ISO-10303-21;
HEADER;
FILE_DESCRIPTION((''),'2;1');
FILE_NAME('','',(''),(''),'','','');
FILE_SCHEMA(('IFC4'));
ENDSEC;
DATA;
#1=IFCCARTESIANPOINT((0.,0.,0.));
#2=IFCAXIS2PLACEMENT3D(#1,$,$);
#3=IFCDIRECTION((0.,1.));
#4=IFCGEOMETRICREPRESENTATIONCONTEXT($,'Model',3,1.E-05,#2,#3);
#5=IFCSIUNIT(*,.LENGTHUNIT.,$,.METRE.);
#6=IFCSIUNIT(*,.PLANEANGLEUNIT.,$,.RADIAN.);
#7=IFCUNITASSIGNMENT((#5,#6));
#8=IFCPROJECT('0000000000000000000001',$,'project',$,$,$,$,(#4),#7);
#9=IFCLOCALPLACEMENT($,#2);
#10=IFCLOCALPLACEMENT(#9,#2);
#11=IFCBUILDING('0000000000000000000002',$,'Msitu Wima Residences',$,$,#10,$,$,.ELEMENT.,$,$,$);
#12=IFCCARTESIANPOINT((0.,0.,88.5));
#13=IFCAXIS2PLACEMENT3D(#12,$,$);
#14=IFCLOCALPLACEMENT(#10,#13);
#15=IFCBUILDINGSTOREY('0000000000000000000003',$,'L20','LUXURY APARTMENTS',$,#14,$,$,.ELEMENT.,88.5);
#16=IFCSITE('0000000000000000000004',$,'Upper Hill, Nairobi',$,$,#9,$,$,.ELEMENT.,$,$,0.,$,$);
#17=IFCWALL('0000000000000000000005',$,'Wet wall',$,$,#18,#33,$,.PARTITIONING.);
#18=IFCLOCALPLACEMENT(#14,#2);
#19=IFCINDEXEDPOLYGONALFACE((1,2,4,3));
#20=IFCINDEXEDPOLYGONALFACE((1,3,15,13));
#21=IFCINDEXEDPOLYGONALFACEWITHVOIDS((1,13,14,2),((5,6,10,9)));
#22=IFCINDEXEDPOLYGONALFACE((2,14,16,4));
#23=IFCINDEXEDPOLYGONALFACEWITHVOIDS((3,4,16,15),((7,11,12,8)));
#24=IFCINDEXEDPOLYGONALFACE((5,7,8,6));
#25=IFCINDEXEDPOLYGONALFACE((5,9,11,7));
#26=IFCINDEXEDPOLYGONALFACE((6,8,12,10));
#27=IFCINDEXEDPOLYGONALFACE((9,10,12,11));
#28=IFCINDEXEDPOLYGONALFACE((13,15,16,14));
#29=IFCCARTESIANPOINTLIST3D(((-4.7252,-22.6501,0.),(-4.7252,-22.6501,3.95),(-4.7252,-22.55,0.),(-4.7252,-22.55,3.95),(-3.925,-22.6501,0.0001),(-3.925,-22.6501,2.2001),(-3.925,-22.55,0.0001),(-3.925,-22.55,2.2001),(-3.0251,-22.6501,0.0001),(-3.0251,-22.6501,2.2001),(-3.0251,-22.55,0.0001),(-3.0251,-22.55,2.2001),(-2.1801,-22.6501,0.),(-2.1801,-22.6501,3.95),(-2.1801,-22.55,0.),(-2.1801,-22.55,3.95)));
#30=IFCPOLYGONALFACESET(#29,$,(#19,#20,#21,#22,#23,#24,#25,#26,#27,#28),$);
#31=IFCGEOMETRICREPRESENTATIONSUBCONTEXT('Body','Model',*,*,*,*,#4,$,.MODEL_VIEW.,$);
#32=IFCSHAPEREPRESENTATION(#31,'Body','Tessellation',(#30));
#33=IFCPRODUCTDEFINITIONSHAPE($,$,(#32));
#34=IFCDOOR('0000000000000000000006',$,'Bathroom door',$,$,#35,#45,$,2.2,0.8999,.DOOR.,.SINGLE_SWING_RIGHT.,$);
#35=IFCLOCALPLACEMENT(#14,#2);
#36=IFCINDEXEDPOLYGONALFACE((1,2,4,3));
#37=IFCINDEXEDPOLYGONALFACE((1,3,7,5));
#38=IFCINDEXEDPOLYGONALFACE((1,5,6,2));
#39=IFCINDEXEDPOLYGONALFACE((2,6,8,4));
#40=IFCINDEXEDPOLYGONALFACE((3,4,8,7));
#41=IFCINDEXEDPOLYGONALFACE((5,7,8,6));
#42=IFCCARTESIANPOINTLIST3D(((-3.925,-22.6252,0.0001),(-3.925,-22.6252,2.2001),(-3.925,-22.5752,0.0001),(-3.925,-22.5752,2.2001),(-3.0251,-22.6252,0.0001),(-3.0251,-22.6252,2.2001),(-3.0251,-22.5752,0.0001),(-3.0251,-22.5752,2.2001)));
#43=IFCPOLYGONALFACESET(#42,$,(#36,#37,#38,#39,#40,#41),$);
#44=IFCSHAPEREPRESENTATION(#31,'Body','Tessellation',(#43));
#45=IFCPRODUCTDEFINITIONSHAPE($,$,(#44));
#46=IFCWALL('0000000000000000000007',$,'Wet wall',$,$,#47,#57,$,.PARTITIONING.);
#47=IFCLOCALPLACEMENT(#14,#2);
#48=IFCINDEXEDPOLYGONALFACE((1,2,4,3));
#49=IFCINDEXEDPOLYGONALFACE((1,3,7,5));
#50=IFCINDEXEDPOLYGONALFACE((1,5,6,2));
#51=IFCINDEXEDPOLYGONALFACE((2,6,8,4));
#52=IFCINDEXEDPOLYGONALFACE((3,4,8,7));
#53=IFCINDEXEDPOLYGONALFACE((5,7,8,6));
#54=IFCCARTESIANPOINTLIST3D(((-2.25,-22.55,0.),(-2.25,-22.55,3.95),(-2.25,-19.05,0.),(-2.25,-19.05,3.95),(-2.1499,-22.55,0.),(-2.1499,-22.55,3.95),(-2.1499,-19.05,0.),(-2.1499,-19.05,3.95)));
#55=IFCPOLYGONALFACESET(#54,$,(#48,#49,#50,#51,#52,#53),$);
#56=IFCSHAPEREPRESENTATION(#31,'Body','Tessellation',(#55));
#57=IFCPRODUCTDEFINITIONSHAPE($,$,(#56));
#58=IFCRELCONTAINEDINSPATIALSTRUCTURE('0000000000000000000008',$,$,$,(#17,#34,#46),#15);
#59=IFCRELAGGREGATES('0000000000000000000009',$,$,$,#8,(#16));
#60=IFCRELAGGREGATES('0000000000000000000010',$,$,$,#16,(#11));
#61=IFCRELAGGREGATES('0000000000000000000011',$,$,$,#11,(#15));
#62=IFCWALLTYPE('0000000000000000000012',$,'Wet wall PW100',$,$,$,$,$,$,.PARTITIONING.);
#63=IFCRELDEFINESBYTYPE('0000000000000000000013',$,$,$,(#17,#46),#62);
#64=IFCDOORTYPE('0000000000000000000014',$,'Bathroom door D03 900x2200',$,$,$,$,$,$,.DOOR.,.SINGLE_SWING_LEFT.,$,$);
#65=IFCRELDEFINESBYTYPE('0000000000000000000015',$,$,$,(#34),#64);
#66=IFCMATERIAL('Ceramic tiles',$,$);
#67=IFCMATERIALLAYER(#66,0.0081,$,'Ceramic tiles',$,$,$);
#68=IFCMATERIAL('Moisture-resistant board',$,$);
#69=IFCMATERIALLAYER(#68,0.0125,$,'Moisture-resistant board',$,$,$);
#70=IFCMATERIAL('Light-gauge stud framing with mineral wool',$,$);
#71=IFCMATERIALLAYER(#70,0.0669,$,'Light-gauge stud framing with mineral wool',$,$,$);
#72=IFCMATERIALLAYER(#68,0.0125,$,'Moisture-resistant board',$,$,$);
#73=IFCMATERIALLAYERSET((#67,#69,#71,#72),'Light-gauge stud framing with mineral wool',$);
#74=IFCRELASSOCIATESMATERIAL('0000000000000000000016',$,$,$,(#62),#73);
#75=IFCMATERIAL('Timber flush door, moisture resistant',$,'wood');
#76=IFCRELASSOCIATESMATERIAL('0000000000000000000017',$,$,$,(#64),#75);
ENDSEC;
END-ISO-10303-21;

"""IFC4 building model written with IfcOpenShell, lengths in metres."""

from ifc_helpers import new_model, si_unit, direction, frame, frame_2d, origin, place, context, subcontext, project, spatial, rectangle, extrude, material, layer, layer_set, type_object, element, fill, save


model = new_model("IFC4")

# Units and contexts
model_context = context("Model", 3, precision=1e-05, world=origin(), true_north=direction((0.0, 1.0)))
body_context = subcontext(model_context, "Body", "Model", "MODEL_VIEW")
ifc_project = project(units=[si_unit("LENGTHUNIT", "METRE"), si_unit("PLANEANGLEUNIT", "RADIAN")], contexts=[model_context])

# Site, building, storey
site_placement = place(None, origin())
site = spatial("IfcSite", under=ifc_project, at=site_placement, Name="Upper Hill, Nairobi", CompositionType="ELEMENT", RefElevation=0.0)
building_placement = place(site_placement, origin())
building = spatial("IfcBuilding", under=site, at=building_placement, Name="Msitu Wima Residences", CompositionType="ELEMENT")
storey_placement = place(building_placement, frame((0.0, 0.0, 88.5)))
storey = spatial("IfcBuildingStorey", under=building, at=storey_placement, Name="L20", Description="LUXURY APARTMENTS", CompositionType="ELEMENT", Elevation=88.5)

# Shared definitions
ifc_material_1 = material(Name="Ceramic tiles")
ifc_layer_1 = layer(ifc_material_1, 0.0081, Name="Ceramic tiles")
ifc_material_2 = material(Name="Moisture-resistant board")
ifc_layer_2 = layer(ifc_material_2, 0.0125, Name="Moisture-resistant board")
ifc_material_3 = material(Name="Light-gauge stud framing with mineral wool")
ifc_layer_3 = layer(ifc_material_3, 0.0669, Name="Light-gauge stud framing with mineral wool")
ifc_layer_4 = layer(ifc_material_2, 0.0125, Name="Moisture-resistant board")
ifc_layer_set_1 = layer_set([ifc_layer_1, ifc_layer_2, ifc_layer_3, ifc_layer_4], Name="Light-gauge stud framing with mineral wool")
wall_type_1 = type_object("IfcWallType", Name="Wet wall PW100", PredefinedType="PARTITIONING", material=ifc_layer_set_1)
ifc_material_4 = material(Name="Timber flush door, moisture resistant", Category="wood")
door_type_1 = type_object("IfcDoorType", Name="Bathroom door D03 900x2200", OperationType="SINGLE_SWING_LEFT", PredefinedType="DOOR", material=ifc_material_4)

# Wall, opening, door
wall_1_placement = place(storey_placement, frame((-4.7251, -22.6001, 0.0), z_axis=(0.0, 0.0, 1.0), x_axis=(1.0, 0.0, 0.0)))
wall_1 = element("IfcWall", 1, at=wall_1_placement, inside=storey, type_object=wall_type_1, Name="Wet wall", PredefinedType="PARTITIONING", context=body_context, shape_type="SweptSolid", body=[
    extrude(rectangle(XDim=2.5452, YDim=0.1001, at=frame_2d((1.2725, 0.0))), origin(), (0.0, 0.0, 1.0), 3.95),
])
opening_1_placement = place(wall_1_placement, frame((0.8, 0.0, 0.0)))
opening_1 = element("IfcOpeningElement", 2, at=opening_1_placement, cuts=wall_1, PredefinedType="OPENING", context=body_context, shape_type="SweptSolid", body=[
    extrude(rectangle(XDim=0.8999, YDim=2.2, at=frame_2d((0.45, 1.1001))), frame((0.0, 0.0601, 0.0), z_axis=(0.0, -1.0, 0.0), x_axis=(1.0, 0.0, 0.0)), (0.0, 0.0, 1.0), 0.1201),
])
door_1_placement = place(opening_1_placement, origin())
door_1 = element("IfcDoor", 3, at=door_1_placement, inside=storey, type_object=door_type_1, Name="Bathroom door", OperationType="SINGLE_SWING_RIGHT", OverallHeight=2.2, OverallWidth=0.8999, PredefinedType="DOOR", context=body_context, shape_type="SweptSolid", body=[
    extrude(rectangle(XDim=0.8999, YDim=2.2, at=frame_2d((0.45, 1.1001))), frame((0.0, 0.0249, 0.0), z_axis=(0.0, -1.0, 0.0), x_axis=(1.0, 0.0, 0.0)), (0.0, 0.0, 1.0), 0.05),
])
fill(opening_1, door_1)

# Wall
wall_2_placement = place(storey_placement, frame((-2.2, -22.55, 0.0), z_axis=(0.0, 0.0, 1.0), x_axis=(0.0, 1.0, 0.0)))
element("IfcWall", 4, at=wall_2_placement, inside=storey, type_object=wall_type_1, Name="Wet wall", PredefinedType="PARTITIONING", context=body_context, shape_type="SweptSolid", body=[
    extrude(rectangle(XDim=3.5, YDim=0.1001, at=frame_2d((1.75, 0.0))), origin(), (0.0, 0.0, 1.0), 3.95),
])

save(model, "model.ifc")
